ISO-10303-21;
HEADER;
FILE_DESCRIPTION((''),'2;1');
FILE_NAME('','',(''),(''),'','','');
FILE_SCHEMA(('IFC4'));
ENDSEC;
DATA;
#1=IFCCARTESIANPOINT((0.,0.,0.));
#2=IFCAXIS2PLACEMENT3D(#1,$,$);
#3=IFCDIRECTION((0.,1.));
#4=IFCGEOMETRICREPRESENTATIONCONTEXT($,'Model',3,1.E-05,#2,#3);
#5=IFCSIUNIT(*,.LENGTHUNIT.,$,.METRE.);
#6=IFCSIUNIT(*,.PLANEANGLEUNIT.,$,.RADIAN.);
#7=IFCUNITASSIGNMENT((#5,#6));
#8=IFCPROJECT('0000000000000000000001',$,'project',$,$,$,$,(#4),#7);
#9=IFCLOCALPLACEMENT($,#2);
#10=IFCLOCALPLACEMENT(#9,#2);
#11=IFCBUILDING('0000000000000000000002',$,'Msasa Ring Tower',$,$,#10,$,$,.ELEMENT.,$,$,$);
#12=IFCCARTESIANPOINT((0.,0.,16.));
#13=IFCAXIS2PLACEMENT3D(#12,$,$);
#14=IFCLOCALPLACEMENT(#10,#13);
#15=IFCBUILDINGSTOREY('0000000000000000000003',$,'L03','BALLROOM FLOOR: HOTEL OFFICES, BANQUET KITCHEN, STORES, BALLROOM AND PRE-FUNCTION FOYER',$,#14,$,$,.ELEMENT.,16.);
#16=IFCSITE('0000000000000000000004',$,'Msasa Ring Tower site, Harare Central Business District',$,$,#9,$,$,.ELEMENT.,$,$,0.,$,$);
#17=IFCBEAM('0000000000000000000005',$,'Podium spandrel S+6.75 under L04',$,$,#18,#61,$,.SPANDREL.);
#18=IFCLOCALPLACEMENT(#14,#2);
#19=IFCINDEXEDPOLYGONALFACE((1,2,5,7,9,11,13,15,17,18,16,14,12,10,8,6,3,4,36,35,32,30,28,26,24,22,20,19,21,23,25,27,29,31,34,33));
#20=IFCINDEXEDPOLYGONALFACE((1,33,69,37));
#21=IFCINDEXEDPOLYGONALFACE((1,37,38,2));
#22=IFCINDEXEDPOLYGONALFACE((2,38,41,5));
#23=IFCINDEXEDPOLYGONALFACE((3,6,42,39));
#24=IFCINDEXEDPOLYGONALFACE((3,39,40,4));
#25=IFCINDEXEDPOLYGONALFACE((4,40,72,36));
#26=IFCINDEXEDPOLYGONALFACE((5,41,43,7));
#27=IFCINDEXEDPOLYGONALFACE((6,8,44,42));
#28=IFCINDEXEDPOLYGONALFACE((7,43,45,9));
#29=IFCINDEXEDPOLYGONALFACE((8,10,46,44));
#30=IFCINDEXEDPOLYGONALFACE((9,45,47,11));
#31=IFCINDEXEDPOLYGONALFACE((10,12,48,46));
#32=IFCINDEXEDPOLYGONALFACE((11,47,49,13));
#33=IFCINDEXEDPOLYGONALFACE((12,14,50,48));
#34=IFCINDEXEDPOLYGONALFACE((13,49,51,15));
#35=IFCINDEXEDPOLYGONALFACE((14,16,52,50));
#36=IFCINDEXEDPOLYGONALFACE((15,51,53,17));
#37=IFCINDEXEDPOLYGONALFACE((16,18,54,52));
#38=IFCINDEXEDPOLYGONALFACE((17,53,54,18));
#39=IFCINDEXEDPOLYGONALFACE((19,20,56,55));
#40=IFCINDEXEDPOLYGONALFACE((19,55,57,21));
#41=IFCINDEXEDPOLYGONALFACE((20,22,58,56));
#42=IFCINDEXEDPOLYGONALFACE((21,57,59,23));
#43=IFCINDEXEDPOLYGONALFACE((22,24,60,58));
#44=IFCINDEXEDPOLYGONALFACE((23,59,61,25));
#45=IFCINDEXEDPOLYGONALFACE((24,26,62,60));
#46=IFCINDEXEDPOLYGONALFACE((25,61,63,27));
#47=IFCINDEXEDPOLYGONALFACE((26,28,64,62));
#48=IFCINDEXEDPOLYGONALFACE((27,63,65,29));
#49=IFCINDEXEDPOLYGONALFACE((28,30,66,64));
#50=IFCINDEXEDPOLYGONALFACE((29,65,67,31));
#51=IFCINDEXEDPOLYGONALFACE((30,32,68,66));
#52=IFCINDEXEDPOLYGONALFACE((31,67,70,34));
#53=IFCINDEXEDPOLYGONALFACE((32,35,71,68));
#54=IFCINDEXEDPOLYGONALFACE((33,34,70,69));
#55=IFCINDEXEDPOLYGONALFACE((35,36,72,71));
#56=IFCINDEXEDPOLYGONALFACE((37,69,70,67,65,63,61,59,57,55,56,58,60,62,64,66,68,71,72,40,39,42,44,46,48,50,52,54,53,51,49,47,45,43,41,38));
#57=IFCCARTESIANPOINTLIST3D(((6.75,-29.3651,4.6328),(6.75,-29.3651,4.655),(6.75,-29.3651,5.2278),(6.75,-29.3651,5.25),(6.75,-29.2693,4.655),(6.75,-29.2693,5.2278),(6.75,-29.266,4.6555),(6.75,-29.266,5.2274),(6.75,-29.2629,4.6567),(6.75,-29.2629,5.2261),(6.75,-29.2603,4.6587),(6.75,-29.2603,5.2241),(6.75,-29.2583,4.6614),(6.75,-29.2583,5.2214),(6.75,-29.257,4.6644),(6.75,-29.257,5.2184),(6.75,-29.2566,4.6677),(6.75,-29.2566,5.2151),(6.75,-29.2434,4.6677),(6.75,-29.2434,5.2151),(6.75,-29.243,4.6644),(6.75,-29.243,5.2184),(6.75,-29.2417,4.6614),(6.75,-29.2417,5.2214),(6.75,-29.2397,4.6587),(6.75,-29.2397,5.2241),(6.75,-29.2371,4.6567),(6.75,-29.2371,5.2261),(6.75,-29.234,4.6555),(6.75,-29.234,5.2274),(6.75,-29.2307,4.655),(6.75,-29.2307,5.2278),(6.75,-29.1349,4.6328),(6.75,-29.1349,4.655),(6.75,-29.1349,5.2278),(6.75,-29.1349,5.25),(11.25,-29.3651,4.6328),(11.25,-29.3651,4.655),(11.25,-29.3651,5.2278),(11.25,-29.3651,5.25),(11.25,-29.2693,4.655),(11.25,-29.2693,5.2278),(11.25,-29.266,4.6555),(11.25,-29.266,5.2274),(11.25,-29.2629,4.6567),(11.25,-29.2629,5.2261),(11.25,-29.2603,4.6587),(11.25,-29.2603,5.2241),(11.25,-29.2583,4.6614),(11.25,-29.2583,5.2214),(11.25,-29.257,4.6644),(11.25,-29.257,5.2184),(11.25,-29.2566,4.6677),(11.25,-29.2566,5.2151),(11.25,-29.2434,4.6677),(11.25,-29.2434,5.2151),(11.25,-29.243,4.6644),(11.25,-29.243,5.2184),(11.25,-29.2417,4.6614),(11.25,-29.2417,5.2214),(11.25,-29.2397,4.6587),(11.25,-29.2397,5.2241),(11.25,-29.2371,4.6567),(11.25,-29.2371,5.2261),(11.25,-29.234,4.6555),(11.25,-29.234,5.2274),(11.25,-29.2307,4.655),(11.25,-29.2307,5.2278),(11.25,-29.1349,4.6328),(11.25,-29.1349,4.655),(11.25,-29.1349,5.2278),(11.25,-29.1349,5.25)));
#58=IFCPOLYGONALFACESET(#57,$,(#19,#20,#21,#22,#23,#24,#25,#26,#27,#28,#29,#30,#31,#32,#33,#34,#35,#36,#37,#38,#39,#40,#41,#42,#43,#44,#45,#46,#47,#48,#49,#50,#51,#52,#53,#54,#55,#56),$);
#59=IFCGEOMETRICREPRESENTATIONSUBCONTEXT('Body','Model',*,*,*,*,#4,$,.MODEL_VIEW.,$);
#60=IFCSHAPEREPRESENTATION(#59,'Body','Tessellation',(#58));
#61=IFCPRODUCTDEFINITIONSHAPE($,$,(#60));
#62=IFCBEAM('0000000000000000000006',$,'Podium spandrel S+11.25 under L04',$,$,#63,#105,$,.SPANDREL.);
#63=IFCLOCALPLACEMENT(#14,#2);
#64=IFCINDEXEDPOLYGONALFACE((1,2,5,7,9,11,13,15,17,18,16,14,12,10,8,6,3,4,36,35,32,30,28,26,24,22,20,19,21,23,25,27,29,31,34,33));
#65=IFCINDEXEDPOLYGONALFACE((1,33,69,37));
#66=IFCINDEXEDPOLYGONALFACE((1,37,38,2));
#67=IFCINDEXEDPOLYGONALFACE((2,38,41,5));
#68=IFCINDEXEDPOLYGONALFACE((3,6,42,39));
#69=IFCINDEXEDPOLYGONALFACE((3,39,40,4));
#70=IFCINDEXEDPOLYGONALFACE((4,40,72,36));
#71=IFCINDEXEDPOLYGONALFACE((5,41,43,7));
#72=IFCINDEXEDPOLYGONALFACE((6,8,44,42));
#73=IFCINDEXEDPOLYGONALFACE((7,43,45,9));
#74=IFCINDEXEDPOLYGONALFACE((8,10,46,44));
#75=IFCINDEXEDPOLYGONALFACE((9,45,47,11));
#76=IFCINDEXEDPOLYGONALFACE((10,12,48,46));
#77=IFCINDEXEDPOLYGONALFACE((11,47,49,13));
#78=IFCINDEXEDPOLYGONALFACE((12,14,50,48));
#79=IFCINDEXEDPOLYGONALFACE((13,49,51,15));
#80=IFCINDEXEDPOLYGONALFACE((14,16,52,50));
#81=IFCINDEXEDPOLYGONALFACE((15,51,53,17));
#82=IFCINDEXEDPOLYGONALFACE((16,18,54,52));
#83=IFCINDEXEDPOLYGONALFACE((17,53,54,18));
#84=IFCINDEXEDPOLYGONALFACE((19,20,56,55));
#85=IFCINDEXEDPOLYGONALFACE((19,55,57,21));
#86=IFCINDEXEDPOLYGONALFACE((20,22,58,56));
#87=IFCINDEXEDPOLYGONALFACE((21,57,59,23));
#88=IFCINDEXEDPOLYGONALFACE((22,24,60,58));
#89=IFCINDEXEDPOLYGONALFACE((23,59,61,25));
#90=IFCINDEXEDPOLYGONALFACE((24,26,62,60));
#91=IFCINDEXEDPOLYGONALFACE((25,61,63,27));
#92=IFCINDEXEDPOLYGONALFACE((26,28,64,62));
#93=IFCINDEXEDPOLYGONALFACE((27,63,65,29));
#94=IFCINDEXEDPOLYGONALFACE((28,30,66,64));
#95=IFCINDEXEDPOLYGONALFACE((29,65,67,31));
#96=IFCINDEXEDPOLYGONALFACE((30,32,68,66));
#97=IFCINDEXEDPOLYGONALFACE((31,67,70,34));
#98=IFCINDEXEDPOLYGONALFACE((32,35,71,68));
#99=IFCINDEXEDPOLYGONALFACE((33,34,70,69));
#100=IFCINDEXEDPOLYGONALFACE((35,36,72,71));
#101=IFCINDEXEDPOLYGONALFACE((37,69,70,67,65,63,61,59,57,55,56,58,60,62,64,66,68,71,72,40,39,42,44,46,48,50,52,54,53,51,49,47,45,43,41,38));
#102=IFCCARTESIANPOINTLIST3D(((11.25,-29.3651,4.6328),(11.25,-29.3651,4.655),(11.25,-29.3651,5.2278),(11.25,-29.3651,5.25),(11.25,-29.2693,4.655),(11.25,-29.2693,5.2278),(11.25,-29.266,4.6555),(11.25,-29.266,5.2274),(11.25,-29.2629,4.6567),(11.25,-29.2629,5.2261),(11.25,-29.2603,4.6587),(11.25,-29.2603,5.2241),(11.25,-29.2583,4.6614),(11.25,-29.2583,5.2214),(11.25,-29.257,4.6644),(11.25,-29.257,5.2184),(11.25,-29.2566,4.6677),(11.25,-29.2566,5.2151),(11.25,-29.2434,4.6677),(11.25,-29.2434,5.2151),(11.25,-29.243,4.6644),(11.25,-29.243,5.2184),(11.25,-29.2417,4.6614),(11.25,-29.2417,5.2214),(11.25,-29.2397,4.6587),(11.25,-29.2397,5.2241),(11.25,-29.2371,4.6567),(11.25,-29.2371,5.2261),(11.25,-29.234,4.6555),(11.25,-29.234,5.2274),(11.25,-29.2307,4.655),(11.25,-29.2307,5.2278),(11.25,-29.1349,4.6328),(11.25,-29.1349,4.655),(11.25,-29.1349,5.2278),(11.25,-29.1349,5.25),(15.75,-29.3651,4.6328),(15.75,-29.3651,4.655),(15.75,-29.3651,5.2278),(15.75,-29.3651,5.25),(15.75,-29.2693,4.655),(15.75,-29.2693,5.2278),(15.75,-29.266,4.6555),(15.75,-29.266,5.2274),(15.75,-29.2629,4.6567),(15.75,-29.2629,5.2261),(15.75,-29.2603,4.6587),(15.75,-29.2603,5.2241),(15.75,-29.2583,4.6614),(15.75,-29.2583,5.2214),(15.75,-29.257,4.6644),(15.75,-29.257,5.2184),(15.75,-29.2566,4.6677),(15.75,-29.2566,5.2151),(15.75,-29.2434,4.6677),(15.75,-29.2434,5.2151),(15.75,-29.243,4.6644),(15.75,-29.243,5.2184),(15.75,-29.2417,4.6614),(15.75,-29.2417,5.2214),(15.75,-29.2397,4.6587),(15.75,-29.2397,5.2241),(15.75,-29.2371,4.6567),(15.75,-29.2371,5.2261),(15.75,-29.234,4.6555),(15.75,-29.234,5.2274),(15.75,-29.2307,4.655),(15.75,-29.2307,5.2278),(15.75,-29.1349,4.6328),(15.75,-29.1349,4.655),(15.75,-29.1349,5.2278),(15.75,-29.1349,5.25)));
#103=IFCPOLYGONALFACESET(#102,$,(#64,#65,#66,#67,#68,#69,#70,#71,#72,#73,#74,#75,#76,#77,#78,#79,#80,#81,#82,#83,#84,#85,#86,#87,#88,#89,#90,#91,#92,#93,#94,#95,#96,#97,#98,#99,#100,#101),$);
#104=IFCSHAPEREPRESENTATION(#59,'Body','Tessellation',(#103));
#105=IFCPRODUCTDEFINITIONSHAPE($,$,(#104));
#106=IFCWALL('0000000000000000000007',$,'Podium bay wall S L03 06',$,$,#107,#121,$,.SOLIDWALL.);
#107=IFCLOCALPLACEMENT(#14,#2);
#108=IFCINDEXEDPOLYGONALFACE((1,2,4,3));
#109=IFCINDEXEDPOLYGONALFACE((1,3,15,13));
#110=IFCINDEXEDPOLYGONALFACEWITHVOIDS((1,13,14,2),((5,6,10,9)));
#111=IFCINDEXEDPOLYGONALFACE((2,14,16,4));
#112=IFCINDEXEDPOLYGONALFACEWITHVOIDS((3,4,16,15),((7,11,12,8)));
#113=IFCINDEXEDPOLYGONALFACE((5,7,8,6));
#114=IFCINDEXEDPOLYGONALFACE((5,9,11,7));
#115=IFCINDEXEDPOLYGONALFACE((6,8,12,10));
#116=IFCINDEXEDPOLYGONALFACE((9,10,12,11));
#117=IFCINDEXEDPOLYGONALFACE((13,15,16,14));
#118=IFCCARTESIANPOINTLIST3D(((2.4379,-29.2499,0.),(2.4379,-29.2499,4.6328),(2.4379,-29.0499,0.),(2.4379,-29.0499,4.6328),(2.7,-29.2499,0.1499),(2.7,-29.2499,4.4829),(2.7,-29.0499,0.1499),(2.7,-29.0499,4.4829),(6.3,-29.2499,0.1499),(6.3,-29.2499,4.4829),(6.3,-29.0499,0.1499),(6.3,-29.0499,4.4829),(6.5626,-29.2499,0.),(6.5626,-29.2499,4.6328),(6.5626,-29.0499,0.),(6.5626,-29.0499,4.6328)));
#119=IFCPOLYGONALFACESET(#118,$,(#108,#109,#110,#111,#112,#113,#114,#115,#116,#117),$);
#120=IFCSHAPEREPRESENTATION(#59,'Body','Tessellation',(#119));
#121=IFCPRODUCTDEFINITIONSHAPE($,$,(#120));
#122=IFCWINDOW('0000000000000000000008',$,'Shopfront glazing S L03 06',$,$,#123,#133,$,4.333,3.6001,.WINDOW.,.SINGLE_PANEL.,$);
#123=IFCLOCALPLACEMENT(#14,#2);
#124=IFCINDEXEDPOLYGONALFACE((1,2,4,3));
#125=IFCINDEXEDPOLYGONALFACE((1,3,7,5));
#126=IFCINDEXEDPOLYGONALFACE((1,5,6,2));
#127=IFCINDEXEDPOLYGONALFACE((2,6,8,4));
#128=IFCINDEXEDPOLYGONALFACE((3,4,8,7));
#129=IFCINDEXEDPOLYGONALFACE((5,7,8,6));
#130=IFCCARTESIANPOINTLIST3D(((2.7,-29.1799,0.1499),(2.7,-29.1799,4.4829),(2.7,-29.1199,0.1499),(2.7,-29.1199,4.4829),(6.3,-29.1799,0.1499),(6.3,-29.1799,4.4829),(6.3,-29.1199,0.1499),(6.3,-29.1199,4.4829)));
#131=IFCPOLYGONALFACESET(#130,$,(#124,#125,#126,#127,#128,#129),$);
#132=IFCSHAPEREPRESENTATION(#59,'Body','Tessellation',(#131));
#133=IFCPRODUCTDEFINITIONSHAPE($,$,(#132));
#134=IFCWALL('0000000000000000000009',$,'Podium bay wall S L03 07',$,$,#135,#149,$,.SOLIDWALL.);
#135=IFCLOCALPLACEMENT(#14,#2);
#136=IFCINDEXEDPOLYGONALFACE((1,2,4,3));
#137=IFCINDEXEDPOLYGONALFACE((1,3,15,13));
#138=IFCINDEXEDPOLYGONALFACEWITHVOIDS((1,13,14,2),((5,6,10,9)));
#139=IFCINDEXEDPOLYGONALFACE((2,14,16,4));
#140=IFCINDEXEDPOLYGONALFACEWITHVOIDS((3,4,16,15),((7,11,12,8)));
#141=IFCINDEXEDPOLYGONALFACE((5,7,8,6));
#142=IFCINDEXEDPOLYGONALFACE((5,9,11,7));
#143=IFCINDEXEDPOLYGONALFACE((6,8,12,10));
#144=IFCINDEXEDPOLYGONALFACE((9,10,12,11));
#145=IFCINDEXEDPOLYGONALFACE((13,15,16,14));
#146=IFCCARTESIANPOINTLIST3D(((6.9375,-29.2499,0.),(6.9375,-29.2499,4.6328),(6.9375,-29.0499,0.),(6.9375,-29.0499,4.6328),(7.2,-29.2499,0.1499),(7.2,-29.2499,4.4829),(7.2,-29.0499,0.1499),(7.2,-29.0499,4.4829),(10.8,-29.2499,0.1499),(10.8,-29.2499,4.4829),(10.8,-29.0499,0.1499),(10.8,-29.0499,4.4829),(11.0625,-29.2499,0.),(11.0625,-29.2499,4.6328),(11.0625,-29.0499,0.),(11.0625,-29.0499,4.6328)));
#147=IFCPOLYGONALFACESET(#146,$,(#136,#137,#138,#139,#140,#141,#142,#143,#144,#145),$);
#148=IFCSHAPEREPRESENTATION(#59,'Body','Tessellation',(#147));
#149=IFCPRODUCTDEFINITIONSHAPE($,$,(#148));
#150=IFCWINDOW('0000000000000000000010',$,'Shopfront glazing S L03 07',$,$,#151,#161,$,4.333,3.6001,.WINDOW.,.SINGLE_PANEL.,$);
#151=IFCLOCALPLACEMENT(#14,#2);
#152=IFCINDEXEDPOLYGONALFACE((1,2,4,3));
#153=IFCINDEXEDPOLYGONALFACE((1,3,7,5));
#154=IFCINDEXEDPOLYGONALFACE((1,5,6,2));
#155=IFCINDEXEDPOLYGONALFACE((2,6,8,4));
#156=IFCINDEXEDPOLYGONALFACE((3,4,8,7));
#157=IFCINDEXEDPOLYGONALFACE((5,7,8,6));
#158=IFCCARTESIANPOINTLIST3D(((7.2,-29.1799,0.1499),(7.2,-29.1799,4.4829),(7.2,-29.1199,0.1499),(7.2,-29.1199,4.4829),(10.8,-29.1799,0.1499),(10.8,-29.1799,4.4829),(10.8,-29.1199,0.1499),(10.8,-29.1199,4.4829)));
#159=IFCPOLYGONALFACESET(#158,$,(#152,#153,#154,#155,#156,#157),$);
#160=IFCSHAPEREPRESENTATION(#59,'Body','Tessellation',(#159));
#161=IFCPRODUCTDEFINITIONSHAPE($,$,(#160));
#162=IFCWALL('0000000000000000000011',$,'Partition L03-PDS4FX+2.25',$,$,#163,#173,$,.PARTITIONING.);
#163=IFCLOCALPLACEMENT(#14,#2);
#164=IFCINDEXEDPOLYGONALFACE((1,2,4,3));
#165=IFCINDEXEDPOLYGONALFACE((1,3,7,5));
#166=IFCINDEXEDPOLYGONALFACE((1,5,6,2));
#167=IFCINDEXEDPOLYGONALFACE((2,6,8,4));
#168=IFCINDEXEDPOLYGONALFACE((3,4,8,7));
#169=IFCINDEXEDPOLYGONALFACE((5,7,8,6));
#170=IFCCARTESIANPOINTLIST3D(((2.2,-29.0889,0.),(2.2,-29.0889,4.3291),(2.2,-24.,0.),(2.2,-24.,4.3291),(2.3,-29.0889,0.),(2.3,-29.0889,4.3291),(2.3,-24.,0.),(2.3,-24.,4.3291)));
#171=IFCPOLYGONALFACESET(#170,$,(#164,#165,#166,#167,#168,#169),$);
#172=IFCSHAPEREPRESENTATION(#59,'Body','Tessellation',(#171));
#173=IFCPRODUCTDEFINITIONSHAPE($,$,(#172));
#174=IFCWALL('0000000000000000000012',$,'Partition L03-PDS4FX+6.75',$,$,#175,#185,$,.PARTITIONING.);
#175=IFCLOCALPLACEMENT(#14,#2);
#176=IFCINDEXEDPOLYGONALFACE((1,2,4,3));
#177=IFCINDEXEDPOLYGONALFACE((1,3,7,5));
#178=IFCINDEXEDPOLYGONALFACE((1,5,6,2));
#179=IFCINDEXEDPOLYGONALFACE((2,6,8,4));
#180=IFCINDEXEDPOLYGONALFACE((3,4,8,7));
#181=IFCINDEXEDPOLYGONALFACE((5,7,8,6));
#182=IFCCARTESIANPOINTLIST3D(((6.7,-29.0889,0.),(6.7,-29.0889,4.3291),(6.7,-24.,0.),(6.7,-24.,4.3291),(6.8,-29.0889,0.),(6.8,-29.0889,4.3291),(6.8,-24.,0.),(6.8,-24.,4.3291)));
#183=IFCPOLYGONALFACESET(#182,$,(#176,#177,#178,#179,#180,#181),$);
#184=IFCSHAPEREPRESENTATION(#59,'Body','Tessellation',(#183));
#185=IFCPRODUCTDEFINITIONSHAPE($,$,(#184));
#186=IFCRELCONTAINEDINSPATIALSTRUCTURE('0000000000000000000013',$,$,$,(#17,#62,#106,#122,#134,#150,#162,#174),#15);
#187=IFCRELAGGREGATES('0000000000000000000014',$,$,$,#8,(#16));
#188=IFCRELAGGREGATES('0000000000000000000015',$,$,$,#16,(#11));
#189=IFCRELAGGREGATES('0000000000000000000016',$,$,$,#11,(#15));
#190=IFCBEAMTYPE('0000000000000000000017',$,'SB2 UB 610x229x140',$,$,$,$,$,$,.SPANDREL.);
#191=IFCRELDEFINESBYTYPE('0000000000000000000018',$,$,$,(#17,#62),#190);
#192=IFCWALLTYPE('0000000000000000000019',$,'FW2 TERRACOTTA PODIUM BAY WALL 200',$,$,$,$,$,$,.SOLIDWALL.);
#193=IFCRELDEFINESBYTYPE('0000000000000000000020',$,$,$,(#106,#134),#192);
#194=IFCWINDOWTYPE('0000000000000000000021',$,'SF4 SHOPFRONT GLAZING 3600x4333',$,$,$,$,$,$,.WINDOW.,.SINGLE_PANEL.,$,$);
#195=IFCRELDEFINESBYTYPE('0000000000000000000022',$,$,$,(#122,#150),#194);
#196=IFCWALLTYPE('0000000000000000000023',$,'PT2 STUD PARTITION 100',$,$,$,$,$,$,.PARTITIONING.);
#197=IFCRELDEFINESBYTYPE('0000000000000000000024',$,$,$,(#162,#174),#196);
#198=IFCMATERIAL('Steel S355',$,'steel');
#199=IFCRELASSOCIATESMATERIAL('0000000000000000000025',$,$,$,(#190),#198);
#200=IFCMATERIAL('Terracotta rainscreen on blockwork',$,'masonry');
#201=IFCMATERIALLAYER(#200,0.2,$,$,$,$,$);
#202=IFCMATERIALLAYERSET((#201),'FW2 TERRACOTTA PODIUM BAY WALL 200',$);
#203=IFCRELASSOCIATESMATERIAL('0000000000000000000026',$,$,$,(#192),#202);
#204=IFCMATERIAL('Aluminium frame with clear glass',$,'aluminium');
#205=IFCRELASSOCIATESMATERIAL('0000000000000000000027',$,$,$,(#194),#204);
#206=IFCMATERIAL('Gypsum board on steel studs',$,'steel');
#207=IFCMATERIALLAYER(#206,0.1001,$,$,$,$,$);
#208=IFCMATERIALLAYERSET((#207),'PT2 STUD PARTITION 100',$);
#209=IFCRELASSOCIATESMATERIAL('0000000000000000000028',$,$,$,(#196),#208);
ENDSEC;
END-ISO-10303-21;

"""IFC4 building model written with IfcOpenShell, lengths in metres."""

from ifc_helpers import new_model, si_unit, direction, frame, frame_2d, origin, origin_2d, place, context, subcontext, project, spatial, rectangle, i_section, extrude, material, layer, layer_set, material_profile, profile_set, type_object, element, fill, save


model = new_model("IFC4")

# Units and contexts
model_context = context("Model", 3, precision=1e-05, world=origin(), true_north=direction((0.0, 1.0)))
body_context = subcontext(model_context, "Body", "Model", "MODEL_VIEW")
ifc_project = project(units=[si_unit("LENGTHUNIT", "METRE"), si_unit("PLANEANGLEUNIT", "RADIAN")], contexts=[model_context])

# Site, building, storey
site_placement = place(None, origin())
site = spatial("IfcSite", under=ifc_project, at=site_placement, Name="Msasa Ring Tower site, Harare Central Business District", CompositionType="ELEMENT", RefElevation=0.0)
building_placement = place(site_placement, origin())
building = spatial("IfcBuilding", under=site, at=building_placement, Name="Msasa Ring Tower", CompositionType="ELEMENT")
storey_placement = place(building_placement, frame((0.0, 0.0, 16.0)))
storey = spatial("IfcBuildingStorey", under=building, at=storey_placement, Name="L03", Description="BALLROOM FLOOR: HOTEL OFFICES, BANQUET KITCHEN, STORES, BALLROOM AND PRE-FUNCTION FOYER", CompositionType="ELEMENT", Elevation=16.0)

# Beams
ifc_material_1 = material(Name="Steel S355", Category="steel")
ifc_material_profile_1 = material_profile(ifc_material_1, i_section(OverallWidth=0.2302, OverallDepth=0.6172, WebThickness=0.0132, FlangeThickness=0.0222, FilletRadius=0.0127, at=origin_2d()), Name="UB 610x229x140")
ifc_profile_set_1 = profile_set([ifc_material_profile_1], Name="Steel S355")
beam_type_1 = type_object("IfcBeamType", Name="SB2 UB 610x229x140", PredefinedType="SPANDREL", material=ifc_profile_set_1)
for number, where, z_axis, x_axis, name in (
    (1, (6.75, -29.25, 4.9414), (1.0, 0.0, 0.0), (0.0, 1.0, 0.0), "Podium spandrel S+6.75 under L04"),
    (2, (11.25, -29.25, 4.9414), (1.0, 0.0, 0.0), (0.0, 1.0, 0.0), "Podium spandrel S+11.25 under L04"),
):
    element("IfcBeam", number, at=place(storey_placement, frame(where, z_axis=z_axis, x_axis=x_axis)), inside=storey, type_object=beam_type_1, Name=name, PredefinedType="SPANDREL", context=body_context, shape_type="SweptSolid", body=[
        extrude(i_section(OverallWidth=0.2302, OverallDepth=0.6172, WebThickness=0.0132, FlangeThickness=0.0222, FilletRadius=0.0127, at=origin_2d()), origin(), (0.0, 0.0, 1.0), 4.5),
    ])

# Walls, openings, windows
ifc_material_2 = material(Name="Terracotta rainscreen on blockwork", Category="masonry")
ifc_layer_1 = layer(ifc_material_2, 0.2)
ifc_layer_set_1 = layer_set([ifc_layer_1], Name="FW2 TERRACOTTA PODIUM BAY WALL 200")
wall_type_1 = type_object("IfcWallType", Name="FW2 TERRACOTTA PODIUM BAY WALL 200", PredefinedType="SOLIDWALL", material=ifc_layer_set_1)
wall_1_placement = place(storey_placement, frame((2.4377, -29.1499, 0.0), z_axis=(0.0, 0.0, 1.0), x_axis=(1.0, 0.0, 0.0)))
wall_1 = element("IfcWall", 3, at=wall_1_placement, inside=storey, type_object=wall_type_1, Name="Podium bay wall S L03 06", PredefinedType="SOLIDWALL", context=body_context, shape_type="SweptSolid", body=[
    extrude(rectangle(XDim=4.1248, YDim=0.2, at=frame_2d((2.0625, 0.0))), origin(), (0.0, 0.0, 1.0), 4.6328),
])
opening_1_placement = place(wall_1_placement, frame((0.2622, 0.0, 0.1499)))
opening_1 = element("IfcOpeningElement", 4, at=opening_1_placement, cuts=wall_1, PredefinedType="OPENING", context=body_context, shape_type="SweptSolid", body=[
    extrude(rectangle(XDim=3.6001, YDim=4.333, at=frame_2d((1.8, 2.1665))), frame((0.0, 0.1099, 0.0), z_axis=(0.0, -1.0, 0.0), x_axis=(1.0, 0.0, 0.0)), (0.0, 0.0, 1.0), 0.22),
])
ifc_material_3 = material(Name="Aluminium frame with clear glass", Category="aluminium")
window_type = type_object("IfcWindowType", Name="SF4 SHOPFRONT GLAZING 3600x4333", PartitioningType="SINGLE_PANEL", PredefinedType="WINDOW", material=ifc_material_3)
window_1_placement = place(opening_1_placement, origin())
window_1 = element("IfcWindow", 5, at=window_1_placement, inside=storey, type_object=window_type, Name="Shopfront glazing S L03 06", OverallHeight=4.333, OverallWidth=3.6001, PartitioningType="SINGLE_PANEL", PredefinedType="WINDOW", context=body_context, shape_type="SweptSolid", body=[
    extrude(rectangle(XDim=3.6001, YDim=4.333, at=frame_2d((1.8, 2.1665))), frame((0.0, 0.03, 0.0), z_axis=(0.0, -1.0, 0.0), x_axis=(1.0, 0.0, 0.0)), (0.0, 0.0, 1.0), 0.0601),
])
fill(opening_1, window_1)
wall_2_placement = place(storey_placement, frame((6.9375, -29.1499, 0.0), z_axis=(0.0, 0.0, 1.0), x_axis=(1.0, 0.0, 0.0)))
wall_2 = element("IfcWall", 6, at=wall_2_placement, inside=storey, type_object=wall_type_1, Name="Podium bay wall S L03 07", PredefinedType="SOLIDWALL", context=body_context, shape_type="SweptSolid", body=[
    extrude(rectangle(XDim=4.125, YDim=0.2, at=frame_2d((2.0625, 0.0))), origin(), (0.0, 0.0, 1.0), 4.6328),
])
opening_2_placement = place(wall_2_placement, frame((0.2625, 0.0, 0.1499)))
opening_2 = element("IfcOpeningElement", 7, at=opening_2_placement, cuts=wall_2, PredefinedType="OPENING", context=body_context, shape_type="SweptSolid", body=[
    extrude(rectangle(XDim=3.6001, YDim=4.333, at=frame_2d((1.8, 2.1665))), frame((0.0, 0.1099, 0.0), z_axis=(0.0, -1.0, 0.0), x_axis=(1.0, 0.0, 0.0)), (0.0, 0.0, 1.0), 0.22),
])
window_2_placement = place(opening_2_placement, origin())
window_2 = element("IfcWindow", 8, at=window_2_placement, inside=storey, type_object=window_type, Name="Shopfront glazing S L03 07", OverallHeight=4.333, OverallWidth=3.6001, PartitioningType="SINGLE_PANEL", PredefinedType="WINDOW", context=body_context, shape_type="SweptSolid", body=[
    extrude(rectangle(XDim=3.6001, YDim=4.333, at=frame_2d((1.8, 2.1665))), frame((0.0, 0.03, 0.0), z_axis=(0.0, -1.0, 0.0), x_axis=(1.0, 0.0, 0.0)), (0.0, 0.0, 1.0), 0.0601),
])
fill(opening_2, window_2)

# Walls
ifc_material_4 = material(Name="Gypsum board on steel studs", Category="steel")
ifc_layer_2 = layer(ifc_material_4, 0.1001)
ifc_layer_set_2 = layer_set([ifc_layer_2], Name="PT2 STUD PARTITION 100")
wall_type_2 = type_object("IfcWallType", Name="PT2 STUD PARTITION 100", PredefinedType="PARTITIONING", material=ifc_layer_set_2)
for number, where, z_axis, x_axis, name in (
    (9, (2.25, -29.0889, 0.0), (0.0, 0.0, 1.0), (0.0, 1.0, 0.0), "Partition L03-PDS4FX+2.25"),
    (10, (6.75, -29.0889, 0.0), (0.0, 0.0, 1.0), (0.0, 1.0, 0.0), "Partition L03-PDS4FX+6.75"),
):
    element("IfcWall", number, at=place(storey_placement, frame(where, z_axis=z_axis, x_axis=x_axis)), inside=storey, type_object=wall_type_2, Name=name, PredefinedType="PARTITIONING", context=body_context, shape_type="SweptSolid", body=[
        extrude(rectangle(XDim=5.0889, YDim=0.1001, at=frame_2d((2.5444, 0.0))), origin(), (0.0, 0.0, 1.0), 4.3291),
    ])

save(model, "model.ifc")
